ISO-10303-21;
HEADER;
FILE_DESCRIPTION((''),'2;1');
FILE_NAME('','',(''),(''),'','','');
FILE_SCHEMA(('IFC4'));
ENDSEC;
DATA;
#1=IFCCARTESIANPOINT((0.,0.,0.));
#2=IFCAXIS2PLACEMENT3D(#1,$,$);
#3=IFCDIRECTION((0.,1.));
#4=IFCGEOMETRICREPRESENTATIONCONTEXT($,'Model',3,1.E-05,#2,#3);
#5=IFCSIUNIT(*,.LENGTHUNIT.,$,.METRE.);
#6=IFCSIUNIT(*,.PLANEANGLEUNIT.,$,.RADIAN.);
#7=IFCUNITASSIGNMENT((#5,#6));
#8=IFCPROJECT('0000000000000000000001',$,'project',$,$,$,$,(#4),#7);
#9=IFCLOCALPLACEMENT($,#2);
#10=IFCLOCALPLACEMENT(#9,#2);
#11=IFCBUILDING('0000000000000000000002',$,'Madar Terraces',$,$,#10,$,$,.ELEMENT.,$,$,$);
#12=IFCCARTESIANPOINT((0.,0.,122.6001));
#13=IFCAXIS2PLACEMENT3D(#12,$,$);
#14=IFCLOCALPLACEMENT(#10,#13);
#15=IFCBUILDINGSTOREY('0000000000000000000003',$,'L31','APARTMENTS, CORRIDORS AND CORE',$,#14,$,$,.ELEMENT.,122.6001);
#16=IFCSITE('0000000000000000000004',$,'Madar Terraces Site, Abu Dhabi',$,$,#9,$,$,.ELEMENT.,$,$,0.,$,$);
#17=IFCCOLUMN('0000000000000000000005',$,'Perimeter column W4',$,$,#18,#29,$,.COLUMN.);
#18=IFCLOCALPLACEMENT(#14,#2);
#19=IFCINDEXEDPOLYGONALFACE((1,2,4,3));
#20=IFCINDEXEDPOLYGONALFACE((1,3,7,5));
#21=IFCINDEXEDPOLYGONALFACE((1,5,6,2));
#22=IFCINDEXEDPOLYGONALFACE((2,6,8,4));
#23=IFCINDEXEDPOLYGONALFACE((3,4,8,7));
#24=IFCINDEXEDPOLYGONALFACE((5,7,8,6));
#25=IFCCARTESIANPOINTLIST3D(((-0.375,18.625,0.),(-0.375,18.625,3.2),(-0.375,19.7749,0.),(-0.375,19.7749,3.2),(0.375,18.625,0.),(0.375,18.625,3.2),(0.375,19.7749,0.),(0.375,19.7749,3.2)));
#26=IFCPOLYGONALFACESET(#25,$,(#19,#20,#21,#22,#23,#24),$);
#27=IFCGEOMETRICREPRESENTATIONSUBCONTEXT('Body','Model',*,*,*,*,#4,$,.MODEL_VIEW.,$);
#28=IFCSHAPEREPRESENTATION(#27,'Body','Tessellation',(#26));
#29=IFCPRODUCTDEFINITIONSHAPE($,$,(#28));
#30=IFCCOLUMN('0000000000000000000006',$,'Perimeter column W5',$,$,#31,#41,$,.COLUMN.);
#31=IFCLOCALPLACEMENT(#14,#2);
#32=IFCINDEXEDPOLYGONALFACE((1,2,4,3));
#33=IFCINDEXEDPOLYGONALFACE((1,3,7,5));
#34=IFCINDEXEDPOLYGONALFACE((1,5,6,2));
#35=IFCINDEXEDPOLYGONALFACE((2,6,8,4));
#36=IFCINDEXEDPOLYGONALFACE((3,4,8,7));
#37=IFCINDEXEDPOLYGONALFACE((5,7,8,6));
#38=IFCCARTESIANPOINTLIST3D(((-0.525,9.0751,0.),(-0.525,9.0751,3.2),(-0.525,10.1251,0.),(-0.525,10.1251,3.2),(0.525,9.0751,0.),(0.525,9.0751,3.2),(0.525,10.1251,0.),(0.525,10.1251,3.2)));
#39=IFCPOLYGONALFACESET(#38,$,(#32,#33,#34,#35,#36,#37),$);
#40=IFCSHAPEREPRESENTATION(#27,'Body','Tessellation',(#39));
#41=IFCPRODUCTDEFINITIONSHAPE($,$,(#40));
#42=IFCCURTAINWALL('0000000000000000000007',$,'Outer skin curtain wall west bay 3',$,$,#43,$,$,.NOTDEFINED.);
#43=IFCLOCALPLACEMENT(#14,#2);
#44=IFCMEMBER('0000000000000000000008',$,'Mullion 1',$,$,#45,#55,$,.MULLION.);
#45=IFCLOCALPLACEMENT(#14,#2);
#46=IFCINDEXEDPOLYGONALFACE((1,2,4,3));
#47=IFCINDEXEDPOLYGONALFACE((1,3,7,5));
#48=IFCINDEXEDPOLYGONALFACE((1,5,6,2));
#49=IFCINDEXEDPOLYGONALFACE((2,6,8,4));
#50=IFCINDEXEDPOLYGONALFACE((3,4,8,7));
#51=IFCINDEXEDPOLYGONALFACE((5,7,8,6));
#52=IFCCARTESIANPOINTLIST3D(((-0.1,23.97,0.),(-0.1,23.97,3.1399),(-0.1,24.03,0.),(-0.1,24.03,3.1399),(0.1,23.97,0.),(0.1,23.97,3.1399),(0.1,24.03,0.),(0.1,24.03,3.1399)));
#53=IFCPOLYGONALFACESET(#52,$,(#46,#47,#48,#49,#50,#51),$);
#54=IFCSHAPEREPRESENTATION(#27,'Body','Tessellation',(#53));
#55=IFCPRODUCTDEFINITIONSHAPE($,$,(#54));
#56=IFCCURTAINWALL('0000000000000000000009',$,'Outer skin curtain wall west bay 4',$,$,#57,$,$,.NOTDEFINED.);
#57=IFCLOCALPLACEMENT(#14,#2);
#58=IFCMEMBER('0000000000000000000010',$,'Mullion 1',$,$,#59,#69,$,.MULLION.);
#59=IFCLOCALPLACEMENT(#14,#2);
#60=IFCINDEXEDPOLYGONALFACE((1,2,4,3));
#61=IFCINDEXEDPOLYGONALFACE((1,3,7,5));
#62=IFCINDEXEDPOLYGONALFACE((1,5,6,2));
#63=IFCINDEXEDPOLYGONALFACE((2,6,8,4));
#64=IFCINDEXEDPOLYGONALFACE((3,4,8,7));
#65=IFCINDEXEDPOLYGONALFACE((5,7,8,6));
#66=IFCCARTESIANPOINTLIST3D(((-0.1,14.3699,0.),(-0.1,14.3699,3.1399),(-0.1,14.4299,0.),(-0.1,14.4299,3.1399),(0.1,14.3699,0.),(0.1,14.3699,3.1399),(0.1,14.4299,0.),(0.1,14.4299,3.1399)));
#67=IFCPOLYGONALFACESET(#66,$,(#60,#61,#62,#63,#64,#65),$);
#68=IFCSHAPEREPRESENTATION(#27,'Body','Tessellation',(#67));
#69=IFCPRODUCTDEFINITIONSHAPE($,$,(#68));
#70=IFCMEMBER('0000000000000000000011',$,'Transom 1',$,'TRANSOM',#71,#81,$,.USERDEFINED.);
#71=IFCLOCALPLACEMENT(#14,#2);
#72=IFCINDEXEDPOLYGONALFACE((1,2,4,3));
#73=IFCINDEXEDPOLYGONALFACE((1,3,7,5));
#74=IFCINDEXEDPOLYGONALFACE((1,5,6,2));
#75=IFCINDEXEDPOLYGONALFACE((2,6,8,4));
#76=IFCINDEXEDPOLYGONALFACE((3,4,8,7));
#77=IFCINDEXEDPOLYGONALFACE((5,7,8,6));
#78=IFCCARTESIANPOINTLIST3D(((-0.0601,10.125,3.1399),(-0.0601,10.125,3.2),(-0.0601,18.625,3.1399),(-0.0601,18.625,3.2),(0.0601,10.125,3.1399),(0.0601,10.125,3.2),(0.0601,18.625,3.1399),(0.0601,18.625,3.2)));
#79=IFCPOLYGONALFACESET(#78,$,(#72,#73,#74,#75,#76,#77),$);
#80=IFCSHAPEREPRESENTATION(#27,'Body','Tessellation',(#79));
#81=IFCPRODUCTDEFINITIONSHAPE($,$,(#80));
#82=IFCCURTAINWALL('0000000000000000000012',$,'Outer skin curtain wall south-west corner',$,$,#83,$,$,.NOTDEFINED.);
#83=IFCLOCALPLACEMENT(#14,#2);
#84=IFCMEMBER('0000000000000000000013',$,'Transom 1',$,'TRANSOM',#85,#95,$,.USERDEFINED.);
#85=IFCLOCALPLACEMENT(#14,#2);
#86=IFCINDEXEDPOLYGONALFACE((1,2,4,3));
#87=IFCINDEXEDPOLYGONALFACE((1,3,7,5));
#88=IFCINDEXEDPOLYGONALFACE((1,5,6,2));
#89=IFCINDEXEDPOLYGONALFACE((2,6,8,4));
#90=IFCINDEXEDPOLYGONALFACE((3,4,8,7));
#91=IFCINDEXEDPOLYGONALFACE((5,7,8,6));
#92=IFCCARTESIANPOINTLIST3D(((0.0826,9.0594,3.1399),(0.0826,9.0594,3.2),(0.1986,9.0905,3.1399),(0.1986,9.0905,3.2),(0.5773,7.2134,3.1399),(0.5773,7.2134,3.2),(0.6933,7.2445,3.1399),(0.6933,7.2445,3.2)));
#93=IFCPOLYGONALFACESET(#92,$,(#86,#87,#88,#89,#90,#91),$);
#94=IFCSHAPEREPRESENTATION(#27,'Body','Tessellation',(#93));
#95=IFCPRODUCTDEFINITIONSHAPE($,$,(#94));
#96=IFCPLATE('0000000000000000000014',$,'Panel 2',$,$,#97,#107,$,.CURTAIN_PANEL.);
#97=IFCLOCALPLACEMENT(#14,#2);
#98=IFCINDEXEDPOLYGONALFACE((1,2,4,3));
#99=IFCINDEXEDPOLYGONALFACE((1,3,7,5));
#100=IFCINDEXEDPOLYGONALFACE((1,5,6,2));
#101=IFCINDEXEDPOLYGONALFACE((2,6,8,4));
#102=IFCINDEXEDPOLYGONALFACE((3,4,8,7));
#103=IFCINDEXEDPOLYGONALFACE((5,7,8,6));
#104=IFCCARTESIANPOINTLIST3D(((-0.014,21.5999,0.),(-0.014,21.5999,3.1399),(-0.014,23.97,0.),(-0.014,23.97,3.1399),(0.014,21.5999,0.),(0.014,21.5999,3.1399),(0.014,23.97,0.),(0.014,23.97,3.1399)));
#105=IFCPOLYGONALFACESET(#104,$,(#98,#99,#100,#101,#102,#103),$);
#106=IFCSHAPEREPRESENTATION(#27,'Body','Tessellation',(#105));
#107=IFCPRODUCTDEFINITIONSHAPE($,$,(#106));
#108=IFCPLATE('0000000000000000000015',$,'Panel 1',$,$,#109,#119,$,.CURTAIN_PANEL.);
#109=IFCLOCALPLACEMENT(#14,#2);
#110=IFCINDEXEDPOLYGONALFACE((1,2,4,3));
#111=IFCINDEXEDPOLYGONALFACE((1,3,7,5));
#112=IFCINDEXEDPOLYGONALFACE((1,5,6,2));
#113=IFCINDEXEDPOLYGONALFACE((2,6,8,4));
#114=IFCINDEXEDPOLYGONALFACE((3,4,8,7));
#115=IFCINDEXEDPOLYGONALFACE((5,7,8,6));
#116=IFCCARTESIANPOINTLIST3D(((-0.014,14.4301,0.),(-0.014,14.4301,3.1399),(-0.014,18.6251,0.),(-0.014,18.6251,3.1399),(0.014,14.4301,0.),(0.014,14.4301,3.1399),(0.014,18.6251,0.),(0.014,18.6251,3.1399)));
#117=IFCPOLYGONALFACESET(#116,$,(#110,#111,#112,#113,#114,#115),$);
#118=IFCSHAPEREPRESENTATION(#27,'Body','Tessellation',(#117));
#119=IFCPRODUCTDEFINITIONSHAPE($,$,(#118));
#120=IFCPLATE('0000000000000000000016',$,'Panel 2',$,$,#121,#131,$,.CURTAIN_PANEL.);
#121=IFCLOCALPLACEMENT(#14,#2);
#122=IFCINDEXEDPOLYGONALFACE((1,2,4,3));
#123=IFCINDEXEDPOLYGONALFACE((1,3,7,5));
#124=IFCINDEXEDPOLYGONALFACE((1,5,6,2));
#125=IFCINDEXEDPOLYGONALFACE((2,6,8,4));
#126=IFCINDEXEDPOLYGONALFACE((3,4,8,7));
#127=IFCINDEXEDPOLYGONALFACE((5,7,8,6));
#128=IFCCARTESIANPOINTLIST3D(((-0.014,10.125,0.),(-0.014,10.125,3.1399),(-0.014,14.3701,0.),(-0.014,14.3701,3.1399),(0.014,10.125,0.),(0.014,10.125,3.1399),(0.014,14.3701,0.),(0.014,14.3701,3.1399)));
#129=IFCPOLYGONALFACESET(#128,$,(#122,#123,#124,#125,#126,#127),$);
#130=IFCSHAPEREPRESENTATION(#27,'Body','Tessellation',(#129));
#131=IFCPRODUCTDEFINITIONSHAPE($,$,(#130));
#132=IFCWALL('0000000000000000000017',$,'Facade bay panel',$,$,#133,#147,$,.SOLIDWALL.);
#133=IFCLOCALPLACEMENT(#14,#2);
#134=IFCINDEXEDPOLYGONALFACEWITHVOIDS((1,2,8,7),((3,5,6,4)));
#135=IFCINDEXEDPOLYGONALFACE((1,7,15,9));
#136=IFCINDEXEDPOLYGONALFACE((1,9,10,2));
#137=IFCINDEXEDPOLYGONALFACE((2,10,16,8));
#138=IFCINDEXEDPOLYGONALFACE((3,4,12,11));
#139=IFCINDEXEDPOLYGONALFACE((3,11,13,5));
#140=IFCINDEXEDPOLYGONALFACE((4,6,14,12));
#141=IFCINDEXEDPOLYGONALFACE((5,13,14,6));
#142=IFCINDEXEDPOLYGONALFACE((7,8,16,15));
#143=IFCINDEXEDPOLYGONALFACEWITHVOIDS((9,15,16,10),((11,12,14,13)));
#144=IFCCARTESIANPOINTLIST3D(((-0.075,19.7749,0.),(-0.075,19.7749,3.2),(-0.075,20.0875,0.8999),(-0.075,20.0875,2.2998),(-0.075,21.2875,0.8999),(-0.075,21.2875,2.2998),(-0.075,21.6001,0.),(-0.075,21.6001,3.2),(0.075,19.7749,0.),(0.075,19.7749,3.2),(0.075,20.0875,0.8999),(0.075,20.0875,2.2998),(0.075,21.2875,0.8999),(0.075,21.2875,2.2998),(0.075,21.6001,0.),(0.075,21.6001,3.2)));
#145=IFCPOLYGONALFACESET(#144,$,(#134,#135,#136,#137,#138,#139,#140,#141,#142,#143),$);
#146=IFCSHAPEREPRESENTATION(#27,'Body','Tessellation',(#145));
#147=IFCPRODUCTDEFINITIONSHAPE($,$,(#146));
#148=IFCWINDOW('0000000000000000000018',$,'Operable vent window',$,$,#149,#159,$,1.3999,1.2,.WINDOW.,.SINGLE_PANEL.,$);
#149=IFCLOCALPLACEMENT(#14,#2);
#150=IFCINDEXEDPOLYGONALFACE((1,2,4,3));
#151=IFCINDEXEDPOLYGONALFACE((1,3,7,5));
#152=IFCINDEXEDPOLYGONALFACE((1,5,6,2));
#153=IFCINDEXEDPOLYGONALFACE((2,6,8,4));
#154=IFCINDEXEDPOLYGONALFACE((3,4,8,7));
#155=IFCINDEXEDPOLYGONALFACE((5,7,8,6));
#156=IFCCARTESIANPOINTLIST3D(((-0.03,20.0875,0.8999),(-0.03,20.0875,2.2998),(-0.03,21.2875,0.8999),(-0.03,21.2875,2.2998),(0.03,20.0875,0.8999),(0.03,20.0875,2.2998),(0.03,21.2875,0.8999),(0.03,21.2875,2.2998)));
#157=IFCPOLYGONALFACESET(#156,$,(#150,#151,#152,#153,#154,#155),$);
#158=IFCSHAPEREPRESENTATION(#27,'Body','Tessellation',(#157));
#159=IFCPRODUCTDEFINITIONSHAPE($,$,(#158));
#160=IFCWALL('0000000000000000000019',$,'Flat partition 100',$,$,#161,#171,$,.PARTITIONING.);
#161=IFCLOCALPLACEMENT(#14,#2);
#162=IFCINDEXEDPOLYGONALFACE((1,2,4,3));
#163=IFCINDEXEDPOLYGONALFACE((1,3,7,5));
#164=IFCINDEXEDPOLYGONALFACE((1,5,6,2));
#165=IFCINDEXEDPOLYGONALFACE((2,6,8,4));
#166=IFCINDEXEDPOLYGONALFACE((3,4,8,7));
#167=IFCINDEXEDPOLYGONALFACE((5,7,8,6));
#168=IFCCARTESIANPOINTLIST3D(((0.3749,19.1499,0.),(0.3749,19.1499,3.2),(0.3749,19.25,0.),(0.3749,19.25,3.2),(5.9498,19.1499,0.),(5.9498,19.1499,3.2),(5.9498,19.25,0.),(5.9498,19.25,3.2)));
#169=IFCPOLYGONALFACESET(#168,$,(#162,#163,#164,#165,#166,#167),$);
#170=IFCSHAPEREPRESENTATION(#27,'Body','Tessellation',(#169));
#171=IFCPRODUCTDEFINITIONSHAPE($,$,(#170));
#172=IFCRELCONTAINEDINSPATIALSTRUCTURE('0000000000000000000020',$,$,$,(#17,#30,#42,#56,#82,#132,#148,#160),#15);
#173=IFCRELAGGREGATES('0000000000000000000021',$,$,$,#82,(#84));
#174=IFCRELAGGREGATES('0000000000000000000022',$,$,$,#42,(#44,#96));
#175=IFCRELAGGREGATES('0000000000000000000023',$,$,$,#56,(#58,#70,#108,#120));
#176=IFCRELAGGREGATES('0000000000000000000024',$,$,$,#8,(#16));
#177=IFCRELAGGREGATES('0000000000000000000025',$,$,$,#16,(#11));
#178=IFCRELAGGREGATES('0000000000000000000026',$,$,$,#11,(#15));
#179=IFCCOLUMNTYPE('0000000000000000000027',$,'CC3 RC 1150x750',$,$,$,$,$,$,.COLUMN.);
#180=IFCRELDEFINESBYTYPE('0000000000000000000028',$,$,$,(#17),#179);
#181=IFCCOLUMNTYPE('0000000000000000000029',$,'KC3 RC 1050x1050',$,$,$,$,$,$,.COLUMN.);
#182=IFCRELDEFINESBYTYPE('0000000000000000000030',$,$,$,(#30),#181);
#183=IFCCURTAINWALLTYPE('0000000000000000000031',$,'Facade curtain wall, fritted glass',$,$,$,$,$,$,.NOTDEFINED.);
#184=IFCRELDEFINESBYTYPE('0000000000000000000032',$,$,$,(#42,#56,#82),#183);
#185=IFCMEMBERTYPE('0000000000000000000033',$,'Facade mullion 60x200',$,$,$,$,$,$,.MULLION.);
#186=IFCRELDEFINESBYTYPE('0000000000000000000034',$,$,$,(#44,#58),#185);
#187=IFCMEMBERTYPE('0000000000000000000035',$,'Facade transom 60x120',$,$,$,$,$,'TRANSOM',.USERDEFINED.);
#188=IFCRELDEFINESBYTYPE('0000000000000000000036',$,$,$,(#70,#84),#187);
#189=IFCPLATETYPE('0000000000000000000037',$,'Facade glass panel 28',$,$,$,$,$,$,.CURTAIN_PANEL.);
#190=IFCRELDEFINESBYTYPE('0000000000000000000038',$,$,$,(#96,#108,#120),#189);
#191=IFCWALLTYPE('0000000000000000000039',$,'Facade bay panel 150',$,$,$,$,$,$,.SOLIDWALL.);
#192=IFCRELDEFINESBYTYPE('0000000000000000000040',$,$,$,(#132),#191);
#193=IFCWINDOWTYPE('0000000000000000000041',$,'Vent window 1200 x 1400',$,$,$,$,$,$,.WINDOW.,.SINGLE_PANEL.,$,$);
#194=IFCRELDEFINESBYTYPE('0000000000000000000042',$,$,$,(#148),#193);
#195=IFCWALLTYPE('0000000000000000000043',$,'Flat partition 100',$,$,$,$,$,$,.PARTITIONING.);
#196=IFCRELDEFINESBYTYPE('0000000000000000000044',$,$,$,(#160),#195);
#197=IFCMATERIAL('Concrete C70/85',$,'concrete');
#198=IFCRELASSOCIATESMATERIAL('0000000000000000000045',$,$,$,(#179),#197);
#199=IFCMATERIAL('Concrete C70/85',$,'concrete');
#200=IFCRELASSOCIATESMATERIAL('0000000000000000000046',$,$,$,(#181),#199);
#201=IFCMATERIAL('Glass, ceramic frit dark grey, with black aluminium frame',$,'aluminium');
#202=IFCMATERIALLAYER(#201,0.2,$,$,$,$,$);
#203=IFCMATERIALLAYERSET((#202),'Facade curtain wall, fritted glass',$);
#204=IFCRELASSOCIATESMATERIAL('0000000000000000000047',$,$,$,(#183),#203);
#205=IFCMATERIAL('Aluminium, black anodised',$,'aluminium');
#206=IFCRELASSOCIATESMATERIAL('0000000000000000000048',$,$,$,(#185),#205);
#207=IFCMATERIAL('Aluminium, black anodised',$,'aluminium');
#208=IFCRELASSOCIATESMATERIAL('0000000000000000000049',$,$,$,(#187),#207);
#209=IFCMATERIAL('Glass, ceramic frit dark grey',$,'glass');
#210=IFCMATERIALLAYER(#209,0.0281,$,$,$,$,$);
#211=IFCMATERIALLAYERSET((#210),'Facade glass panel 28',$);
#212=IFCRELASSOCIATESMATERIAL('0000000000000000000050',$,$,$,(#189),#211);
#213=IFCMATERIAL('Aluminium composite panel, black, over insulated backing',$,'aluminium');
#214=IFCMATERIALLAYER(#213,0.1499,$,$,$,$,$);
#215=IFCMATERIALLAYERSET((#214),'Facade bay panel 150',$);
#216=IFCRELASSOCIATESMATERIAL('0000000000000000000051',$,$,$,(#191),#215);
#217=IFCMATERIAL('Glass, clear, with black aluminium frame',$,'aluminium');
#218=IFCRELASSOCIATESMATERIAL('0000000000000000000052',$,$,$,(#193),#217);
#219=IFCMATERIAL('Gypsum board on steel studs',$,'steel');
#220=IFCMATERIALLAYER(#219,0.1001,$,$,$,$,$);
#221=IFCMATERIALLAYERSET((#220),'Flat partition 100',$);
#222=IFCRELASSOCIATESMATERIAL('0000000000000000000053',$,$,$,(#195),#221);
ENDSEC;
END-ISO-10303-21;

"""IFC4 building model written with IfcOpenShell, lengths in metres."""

from ifc_helpers import new_model, si_unit, direction, frame, frame_2d, origin, origin_2d, place, context, subcontext, project, spatial, rectangle, extrude, material, layer, layer_set, material_profile, profile_set, type_object, element, fill, aggregate, save


model = new_model("IFC4")

# Units and contexts
model_context = context("Model", 3, precision=1e-05, world=origin(), true_north=direction((0.0, 1.0)))
body_context = subcontext(model_context, "Body", "Model", "MODEL_VIEW")
ifc_project = project(units=[si_unit("LENGTHUNIT", "METRE"), si_unit("PLANEANGLEUNIT", "RADIAN")], contexts=[model_context])

# Site, building, storey
site_placement = place(None, origin())
site = spatial("IfcSite", under=ifc_project, at=site_placement, Name="Madar Terraces Site, Abu Dhabi", CompositionType="ELEMENT", RefElevation=0.0)
building_placement = place(site_placement, origin())
building = spatial("IfcBuilding", under=site, at=building_placement, Name="Madar Terraces", CompositionType="ELEMENT")
storey_placement = place(building_placement, frame((0.0, 0.0, 122.6001)))
storey = spatial("IfcBuildingStorey", under=building, at=storey_placement, Name="L31", Description="APARTMENTS, CORRIDORS AND CORE", CompositionType="ELEMENT", Elevation=122.6001)

# Columns
ifc_material_1 = material(Name="Concrete C70/85", Category="concrete")
ifc_material_profile_1 = material_profile(ifc_material_1, rectangle(XDim=1.1499, YDim=0.75, at=origin_2d()), Name="CC3 RC 1150x750")
ifc_profile_set_1 = profile_set([ifc_material_profile_1], Name="Concrete C70/85")
column_type_1 = type_object("IfcColumnType", Name="CC3 RC 1150x750", PredefinedType="COLUMN", material=ifc_profile_set_1)
column_1_placement = place(storey_placement, frame((0.0, 19.2, 0.0), z_axis=(0.0, 0.0, 1.0), x_axis=(0.0, 1.0, 0.0)))
element("IfcColumn", 1, at=column_1_placement, inside=storey, type_object=column_type_1, Name="Perimeter column W4", PredefinedType="COLUMN", context=body_context, shape_type="SweptSolid", body=[
    extrude(rectangle(XDim=1.1499, YDim=0.75, at=origin_2d()), origin(), (0.0, 0.0, 1.0), 3.2),
])
ifc_material_2 = material(Name="Concrete C70/85", Category="concrete")
ifc_material_profile_2 = material_profile(ifc_material_2, rectangle(XDim=1.05, YDim=1.05, at=origin_2d()), Name="KC3 RC 1050x1050")
ifc_profile_set_2 = profile_set([ifc_material_profile_2], Name="Concrete C70/85")
column_type_2 = type_object("IfcColumnType", Name="KC3 RC 1050x1050", PredefinedType="COLUMN", material=ifc_profile_set_2)
column_2_placement = place(storey_placement, frame((0.0, 9.6001, 0.0), z_axis=(0.0, 0.0, 1.0), x_axis=(1.0, 0.0, 0.0)))
element("IfcColumn", 2, at=column_2_placement, inside=storey, type_object=column_type_2, Name="Perimeter column W5", PredefinedType="COLUMN", context=body_context, shape_type="SweptSolid", body=[
    extrude(rectangle(XDim=1.05, YDim=1.05, at=origin_2d()), origin(), (0.0, 0.0, 1.0), 3.2),
])

# Curtain wall, member
ifc_material_3 = material(Name="Glass, ceramic frit dark grey, with black aluminium frame", Category="aluminium")
ifc_layer_1 = layer(ifc_material_3, 0.2)
ifc_layer_set_1 = layer_set([ifc_layer_1], Name="Facade curtain wall, fritted glass")
curtain_wall_type = type_object("IfcCurtainWallType", Name="Facade curtain wall, fritted glass", PredefinedType="NOTDEFINED", material=ifc_layer_set_1)
curtain_wall_1_placement = place(storey_placement, origin())
curtain_wall_1 = element("IfcCurtainWall", 3, at=curtain_wall_1_placement, inside=storey, type_object=curtain_wall_type, Name="Outer skin curtain wall west bay 3", PredefinedType="NOTDEFINED")
ifc_material_4 = material(Name="Aluminium, black anodised", Category="aluminium")
ifc_material_profile_3 = material_profile(ifc_material_4, rectangle(XDim=0.2, YDim=0.0601, at=origin_2d()), Name="Facade mullion 60x200")
ifc_profile_set_3 = profile_set([ifc_material_profile_3], Name="Aluminium, black anodised")
member_type_1 = type_object("IfcMemberType", Name="Facade mullion 60x200", PredefinedType="MULLION", material=ifc_profile_set_3)
member_1_placement = place(storey_placement, frame((0.0, 24.0, 0.0), z_axis=(0.0, 0.0, 1.0), x_axis=(1.0, 0.0, 0.0)))
member_1 = element("IfcMember", 4, at=member_1_placement, type_object=member_type_1, Name="Mullion 1", PredefinedType="MULLION", context=body_context, shape_type="SweptSolid", body=[
    extrude(rectangle(XDim=0.2, YDim=0.0601, at=origin_2d()), origin(), (0.0, 0.0, 1.0), 3.1399),
])

# Curtain wall, members
curtain_wall_2_placement = place(storey_placement, origin())
curtain_wall_2 = element("IfcCurtainWall", 5, at=curtain_wall_2_placement, inside=storey, type_object=curtain_wall_type, Name="Outer skin curtain wall west bay 4", PredefinedType="NOTDEFINED")
member_2_placement = place(storey_placement, frame((0.0, 14.3999, 0.0), z_axis=(0.0, 0.0, 1.0), x_axis=(1.0, 0.0, 0.0)))
member_2 = element("IfcMember", 6, at=member_2_placement, type_object=member_type_1, Name="Mullion 1", PredefinedType="MULLION", context=body_context, shape_type="SweptSolid", body=[
    extrude(rectangle(XDim=0.2, YDim=0.0601, at=origin_2d()), origin(), (0.0, 0.0, 1.0), 3.1399),
])
ifc_material_5 = material(Name="Aluminium, black anodised", Category="aluminium")
ifc_material_profile_4 = material_profile(ifc_material_5, rectangle(XDim=0.1201, YDim=0.0601, at=origin_2d()), Name="Facade transom 60x120")
ifc_profile_set_4 = profile_set([ifc_material_profile_4], Name="Aluminium, black anodised")
member_type_2 = type_object("IfcMemberType", Name="Facade transom 60x120", ElementType="TRANSOM", PredefinedType="USERDEFINED", material=ifc_profile_set_4)
member_3_placement = place(storey_placement, frame((0.0, 18.625, 3.1699), z_axis=(0.0, -1.0, 0.0), x_axis=(1.0, 0.0, 0.0)))
member_3 = element("IfcMember", 7, at=member_3_placement, type_object=member_type_2, Name="Transom 1", ObjectType="TRANSOM", PredefinedType="USERDEFINED", context=body_context, shape_type="SweptSolid", body=[
    extrude(rectangle(XDim=0.1201, YDim=0.0601, at=origin_2d()), origin(), (0.0, 0.0, 1.0), 8.5),
])

# Curtain wall, member
curtain_wall_3_placement = place(storey_placement, origin())
curtain_wall_3 = element("IfcCurtainWall", 8, at=curtain_wall_3_placement, inside=storey, type_object=curtain_wall_type, Name="Outer skin curtain wall south-west corner", PredefinedType="NOTDEFINED")
member_4_placement = place(storey_placement, frame((0.1406, 9.075, 3.1699), z_axis=(0.258823, -0.965925, 0.0), x_axis=(0.965925, 0.258823, 0.0)))
member_4 = element("IfcMember", 9, at=member_4_placement, type_object=member_type_2, Name="Transom 1", ObjectType="TRANSOM", PredefinedType="USERDEFINED", context=body_context, shape_type="SweptSolid", body=[
    extrude(rectangle(XDim=0.1201, YDim=0.0601, at=origin_2d()), origin(), (0.0, 0.0, 1.0), 1.9111),
])
aggregate(curtain_wall_3, [member_4])

# Plates
ifc_material_6 = material(Name="Glass, ceramic frit dark grey", Category="glass")
ifc_layer_2 = layer(ifc_material_6, 0.0281)
ifc_layer_set_2 = layer_set([ifc_layer_2], Name="Facade glass panel 28")
plate_type = type_object("IfcPlateType", Name="Facade glass panel 28", PredefinedType="CURTAIN_PANEL", material=ifc_layer_set_2)
plate_1_placement = place(storey_placement, frame((0.0, 22.7849, 0.0), z_axis=(0.0, 0.0, 1.0), x_axis=(0.0, -1.0, 0.0)))
plate_1 = element("IfcPlate", 10, at=plate_1_placement, type_object=plate_type, Name="Panel 2", PredefinedType="CURTAIN_PANEL", context=body_context, shape_type="SweptSolid", body=[
    extrude(rectangle(XDim=2.3701, YDim=0.0281, at=origin_2d()), origin(), (0.0, 0.0, 1.0), 3.1399),
])
aggregate(curtain_wall_1, [member_1, plate_1])
plate_2_placement = place(storey_placement, frame((0.0, 16.5276, 0.0), z_axis=(0.0, 0.0, 1.0), x_axis=(0.0, -1.0, 0.0)))
plate_2 = element("IfcPlate", 11, at=plate_2_placement, type_object=plate_type, Name="Panel 1", PredefinedType="CURTAIN_PANEL", context=body_context, shape_type="SweptSolid", body=[
    extrude(rectangle(XDim=4.1951, YDim=0.0281, at=origin_2d()), origin(), (0.0, 0.0, 1.0), 3.1399),
])
plate_3_placement = place(storey_placement, frame((0.0, 12.2476, 0.0), z_axis=(0.0, 0.0, 1.0), x_axis=(0.0, -1.0, 0.0)))
plate_3 = element("IfcPlate", 12, at=plate_3_placement, type_object=plate_type, Name="Panel 2", PredefinedType="CURTAIN_PANEL", context=body_context, shape_type="SweptSolid", body=[
    extrude(rectangle(XDim=4.2451, YDim=0.0281, at=origin_2d()), origin(), (0.0, 0.0, 1.0), 3.1399),
])
aggregate(curtain_wall_2, [member_2, member_3, plate_2, plate_3])

# Wall, opening, window
ifc_material_7 = material(Name="Aluminium composite panel, black, over insulated backing", Category="aluminium")
ifc_layer_3 = layer(ifc_material_7, 0.1499)
ifc_layer_set_3 = layer_set([ifc_layer_3], Name="Facade bay panel 150")
wall_type_1 = type_object("IfcWallType", Name="Facade bay panel 150", PredefinedType="SOLIDWALL", material=ifc_layer_set_3)
wall_1_placement = place(storey_placement, frame((0.0, 21.6001, 0.0), z_axis=(0.0, 0.0, 1.0), x_axis=(0.0, -1.0, 0.0)))
wall_1 = element("IfcWall", 13, at=wall_1_placement, inside=storey, type_object=wall_type_1, Name="Facade bay panel", PredefinedType="SOLIDWALL", context=body_context, shape_type="SweptSolid", body=[
    extrude(rectangle(XDim=1.8252, YDim=0.1499, at=frame_2d((0.9126, 0.0))), origin(), (0.0, 0.0, 1.0), 3.2),
])
opening_1_placement = place(wall_1_placement, frame((0.3125, 0.0, 0.8999)))
opening_1 = element("IfcOpeningElement", 14, at=opening_1_placement, cuts=wall_1, PredefinedType="OPENING", context=body_context, shape_type="SweptSolid", body=[
    extrude(rectangle(XDim=1.2, YDim=1.3999, at=frame_2d((0.6001, 0.7))), frame((0.0, 0.085, 0.0), z_axis=(0.0, -1.0, 0.0), x_axis=(1.0, 0.0, 0.0)), (0.0, 0.0, 1.0), 0.1699),
])
ifc_material_8 = material(Name="Glass, clear, with black aluminium frame", Category="aluminium")
window_type = type_object("IfcWindowType", Name="Vent window 1200 x 1400", PartitioningType="SINGLE_PANEL", PredefinedType="WINDOW", material=ifc_material_8)
window_placement = place(opening_1_placement, origin())
window = element("IfcWindow", 15, at=window_placement, inside=storey, type_object=window_type, Name="Operable vent window", OverallHeight=1.3999, OverallWidth=1.2, PartitioningType="SINGLE_PANEL", PredefinedType="WINDOW", context=body_context, shape_type="SweptSolid", body=[
    extrude(rectangle(XDim=1.2, YDim=1.3999, at=frame_2d((0.6001, 0.7))), frame((0.0, 0.03, 0.0), z_axis=(0.0, -1.0, 0.0), x_axis=(1.0, 0.0, 0.0)), (0.0, 0.0, 1.0), 0.0601),
])
fill(opening_1, window)

# Wall
ifc_material_9 = material(Name="Gypsum board on steel studs", Category="steel")
ifc_layer_4 = layer(ifc_material_9, 0.1001)
ifc_layer_set_4 = layer_set([ifc_layer_4], Name="Flat partition 100")
wall_type_2 = type_object("IfcWallType", Name="Flat partition 100", PredefinedType="PARTITIONING", material=ifc_layer_set_4)
wall_2_placement = place(storey_placement, frame((5.95, 19.2, 0.0), z_axis=(0.0, 0.0, 1.0), x_axis=(-1.0, 0.0, 0.0)))
element("IfcWall", 16, at=wall_2_placement, inside=storey, type_object=wall_type_2, Name="Flat partition 100", PredefinedType="PARTITIONING", context=body_context, shape_type="SweptSolid", body=[
    extrude(rectangle(XDim=5.575, YDim=0.1001, at=frame_2d((2.7876, 0.0))), origin(), (0.0, 0.0, 1.0), 3.2),
])

save(model, "model.ifc")
